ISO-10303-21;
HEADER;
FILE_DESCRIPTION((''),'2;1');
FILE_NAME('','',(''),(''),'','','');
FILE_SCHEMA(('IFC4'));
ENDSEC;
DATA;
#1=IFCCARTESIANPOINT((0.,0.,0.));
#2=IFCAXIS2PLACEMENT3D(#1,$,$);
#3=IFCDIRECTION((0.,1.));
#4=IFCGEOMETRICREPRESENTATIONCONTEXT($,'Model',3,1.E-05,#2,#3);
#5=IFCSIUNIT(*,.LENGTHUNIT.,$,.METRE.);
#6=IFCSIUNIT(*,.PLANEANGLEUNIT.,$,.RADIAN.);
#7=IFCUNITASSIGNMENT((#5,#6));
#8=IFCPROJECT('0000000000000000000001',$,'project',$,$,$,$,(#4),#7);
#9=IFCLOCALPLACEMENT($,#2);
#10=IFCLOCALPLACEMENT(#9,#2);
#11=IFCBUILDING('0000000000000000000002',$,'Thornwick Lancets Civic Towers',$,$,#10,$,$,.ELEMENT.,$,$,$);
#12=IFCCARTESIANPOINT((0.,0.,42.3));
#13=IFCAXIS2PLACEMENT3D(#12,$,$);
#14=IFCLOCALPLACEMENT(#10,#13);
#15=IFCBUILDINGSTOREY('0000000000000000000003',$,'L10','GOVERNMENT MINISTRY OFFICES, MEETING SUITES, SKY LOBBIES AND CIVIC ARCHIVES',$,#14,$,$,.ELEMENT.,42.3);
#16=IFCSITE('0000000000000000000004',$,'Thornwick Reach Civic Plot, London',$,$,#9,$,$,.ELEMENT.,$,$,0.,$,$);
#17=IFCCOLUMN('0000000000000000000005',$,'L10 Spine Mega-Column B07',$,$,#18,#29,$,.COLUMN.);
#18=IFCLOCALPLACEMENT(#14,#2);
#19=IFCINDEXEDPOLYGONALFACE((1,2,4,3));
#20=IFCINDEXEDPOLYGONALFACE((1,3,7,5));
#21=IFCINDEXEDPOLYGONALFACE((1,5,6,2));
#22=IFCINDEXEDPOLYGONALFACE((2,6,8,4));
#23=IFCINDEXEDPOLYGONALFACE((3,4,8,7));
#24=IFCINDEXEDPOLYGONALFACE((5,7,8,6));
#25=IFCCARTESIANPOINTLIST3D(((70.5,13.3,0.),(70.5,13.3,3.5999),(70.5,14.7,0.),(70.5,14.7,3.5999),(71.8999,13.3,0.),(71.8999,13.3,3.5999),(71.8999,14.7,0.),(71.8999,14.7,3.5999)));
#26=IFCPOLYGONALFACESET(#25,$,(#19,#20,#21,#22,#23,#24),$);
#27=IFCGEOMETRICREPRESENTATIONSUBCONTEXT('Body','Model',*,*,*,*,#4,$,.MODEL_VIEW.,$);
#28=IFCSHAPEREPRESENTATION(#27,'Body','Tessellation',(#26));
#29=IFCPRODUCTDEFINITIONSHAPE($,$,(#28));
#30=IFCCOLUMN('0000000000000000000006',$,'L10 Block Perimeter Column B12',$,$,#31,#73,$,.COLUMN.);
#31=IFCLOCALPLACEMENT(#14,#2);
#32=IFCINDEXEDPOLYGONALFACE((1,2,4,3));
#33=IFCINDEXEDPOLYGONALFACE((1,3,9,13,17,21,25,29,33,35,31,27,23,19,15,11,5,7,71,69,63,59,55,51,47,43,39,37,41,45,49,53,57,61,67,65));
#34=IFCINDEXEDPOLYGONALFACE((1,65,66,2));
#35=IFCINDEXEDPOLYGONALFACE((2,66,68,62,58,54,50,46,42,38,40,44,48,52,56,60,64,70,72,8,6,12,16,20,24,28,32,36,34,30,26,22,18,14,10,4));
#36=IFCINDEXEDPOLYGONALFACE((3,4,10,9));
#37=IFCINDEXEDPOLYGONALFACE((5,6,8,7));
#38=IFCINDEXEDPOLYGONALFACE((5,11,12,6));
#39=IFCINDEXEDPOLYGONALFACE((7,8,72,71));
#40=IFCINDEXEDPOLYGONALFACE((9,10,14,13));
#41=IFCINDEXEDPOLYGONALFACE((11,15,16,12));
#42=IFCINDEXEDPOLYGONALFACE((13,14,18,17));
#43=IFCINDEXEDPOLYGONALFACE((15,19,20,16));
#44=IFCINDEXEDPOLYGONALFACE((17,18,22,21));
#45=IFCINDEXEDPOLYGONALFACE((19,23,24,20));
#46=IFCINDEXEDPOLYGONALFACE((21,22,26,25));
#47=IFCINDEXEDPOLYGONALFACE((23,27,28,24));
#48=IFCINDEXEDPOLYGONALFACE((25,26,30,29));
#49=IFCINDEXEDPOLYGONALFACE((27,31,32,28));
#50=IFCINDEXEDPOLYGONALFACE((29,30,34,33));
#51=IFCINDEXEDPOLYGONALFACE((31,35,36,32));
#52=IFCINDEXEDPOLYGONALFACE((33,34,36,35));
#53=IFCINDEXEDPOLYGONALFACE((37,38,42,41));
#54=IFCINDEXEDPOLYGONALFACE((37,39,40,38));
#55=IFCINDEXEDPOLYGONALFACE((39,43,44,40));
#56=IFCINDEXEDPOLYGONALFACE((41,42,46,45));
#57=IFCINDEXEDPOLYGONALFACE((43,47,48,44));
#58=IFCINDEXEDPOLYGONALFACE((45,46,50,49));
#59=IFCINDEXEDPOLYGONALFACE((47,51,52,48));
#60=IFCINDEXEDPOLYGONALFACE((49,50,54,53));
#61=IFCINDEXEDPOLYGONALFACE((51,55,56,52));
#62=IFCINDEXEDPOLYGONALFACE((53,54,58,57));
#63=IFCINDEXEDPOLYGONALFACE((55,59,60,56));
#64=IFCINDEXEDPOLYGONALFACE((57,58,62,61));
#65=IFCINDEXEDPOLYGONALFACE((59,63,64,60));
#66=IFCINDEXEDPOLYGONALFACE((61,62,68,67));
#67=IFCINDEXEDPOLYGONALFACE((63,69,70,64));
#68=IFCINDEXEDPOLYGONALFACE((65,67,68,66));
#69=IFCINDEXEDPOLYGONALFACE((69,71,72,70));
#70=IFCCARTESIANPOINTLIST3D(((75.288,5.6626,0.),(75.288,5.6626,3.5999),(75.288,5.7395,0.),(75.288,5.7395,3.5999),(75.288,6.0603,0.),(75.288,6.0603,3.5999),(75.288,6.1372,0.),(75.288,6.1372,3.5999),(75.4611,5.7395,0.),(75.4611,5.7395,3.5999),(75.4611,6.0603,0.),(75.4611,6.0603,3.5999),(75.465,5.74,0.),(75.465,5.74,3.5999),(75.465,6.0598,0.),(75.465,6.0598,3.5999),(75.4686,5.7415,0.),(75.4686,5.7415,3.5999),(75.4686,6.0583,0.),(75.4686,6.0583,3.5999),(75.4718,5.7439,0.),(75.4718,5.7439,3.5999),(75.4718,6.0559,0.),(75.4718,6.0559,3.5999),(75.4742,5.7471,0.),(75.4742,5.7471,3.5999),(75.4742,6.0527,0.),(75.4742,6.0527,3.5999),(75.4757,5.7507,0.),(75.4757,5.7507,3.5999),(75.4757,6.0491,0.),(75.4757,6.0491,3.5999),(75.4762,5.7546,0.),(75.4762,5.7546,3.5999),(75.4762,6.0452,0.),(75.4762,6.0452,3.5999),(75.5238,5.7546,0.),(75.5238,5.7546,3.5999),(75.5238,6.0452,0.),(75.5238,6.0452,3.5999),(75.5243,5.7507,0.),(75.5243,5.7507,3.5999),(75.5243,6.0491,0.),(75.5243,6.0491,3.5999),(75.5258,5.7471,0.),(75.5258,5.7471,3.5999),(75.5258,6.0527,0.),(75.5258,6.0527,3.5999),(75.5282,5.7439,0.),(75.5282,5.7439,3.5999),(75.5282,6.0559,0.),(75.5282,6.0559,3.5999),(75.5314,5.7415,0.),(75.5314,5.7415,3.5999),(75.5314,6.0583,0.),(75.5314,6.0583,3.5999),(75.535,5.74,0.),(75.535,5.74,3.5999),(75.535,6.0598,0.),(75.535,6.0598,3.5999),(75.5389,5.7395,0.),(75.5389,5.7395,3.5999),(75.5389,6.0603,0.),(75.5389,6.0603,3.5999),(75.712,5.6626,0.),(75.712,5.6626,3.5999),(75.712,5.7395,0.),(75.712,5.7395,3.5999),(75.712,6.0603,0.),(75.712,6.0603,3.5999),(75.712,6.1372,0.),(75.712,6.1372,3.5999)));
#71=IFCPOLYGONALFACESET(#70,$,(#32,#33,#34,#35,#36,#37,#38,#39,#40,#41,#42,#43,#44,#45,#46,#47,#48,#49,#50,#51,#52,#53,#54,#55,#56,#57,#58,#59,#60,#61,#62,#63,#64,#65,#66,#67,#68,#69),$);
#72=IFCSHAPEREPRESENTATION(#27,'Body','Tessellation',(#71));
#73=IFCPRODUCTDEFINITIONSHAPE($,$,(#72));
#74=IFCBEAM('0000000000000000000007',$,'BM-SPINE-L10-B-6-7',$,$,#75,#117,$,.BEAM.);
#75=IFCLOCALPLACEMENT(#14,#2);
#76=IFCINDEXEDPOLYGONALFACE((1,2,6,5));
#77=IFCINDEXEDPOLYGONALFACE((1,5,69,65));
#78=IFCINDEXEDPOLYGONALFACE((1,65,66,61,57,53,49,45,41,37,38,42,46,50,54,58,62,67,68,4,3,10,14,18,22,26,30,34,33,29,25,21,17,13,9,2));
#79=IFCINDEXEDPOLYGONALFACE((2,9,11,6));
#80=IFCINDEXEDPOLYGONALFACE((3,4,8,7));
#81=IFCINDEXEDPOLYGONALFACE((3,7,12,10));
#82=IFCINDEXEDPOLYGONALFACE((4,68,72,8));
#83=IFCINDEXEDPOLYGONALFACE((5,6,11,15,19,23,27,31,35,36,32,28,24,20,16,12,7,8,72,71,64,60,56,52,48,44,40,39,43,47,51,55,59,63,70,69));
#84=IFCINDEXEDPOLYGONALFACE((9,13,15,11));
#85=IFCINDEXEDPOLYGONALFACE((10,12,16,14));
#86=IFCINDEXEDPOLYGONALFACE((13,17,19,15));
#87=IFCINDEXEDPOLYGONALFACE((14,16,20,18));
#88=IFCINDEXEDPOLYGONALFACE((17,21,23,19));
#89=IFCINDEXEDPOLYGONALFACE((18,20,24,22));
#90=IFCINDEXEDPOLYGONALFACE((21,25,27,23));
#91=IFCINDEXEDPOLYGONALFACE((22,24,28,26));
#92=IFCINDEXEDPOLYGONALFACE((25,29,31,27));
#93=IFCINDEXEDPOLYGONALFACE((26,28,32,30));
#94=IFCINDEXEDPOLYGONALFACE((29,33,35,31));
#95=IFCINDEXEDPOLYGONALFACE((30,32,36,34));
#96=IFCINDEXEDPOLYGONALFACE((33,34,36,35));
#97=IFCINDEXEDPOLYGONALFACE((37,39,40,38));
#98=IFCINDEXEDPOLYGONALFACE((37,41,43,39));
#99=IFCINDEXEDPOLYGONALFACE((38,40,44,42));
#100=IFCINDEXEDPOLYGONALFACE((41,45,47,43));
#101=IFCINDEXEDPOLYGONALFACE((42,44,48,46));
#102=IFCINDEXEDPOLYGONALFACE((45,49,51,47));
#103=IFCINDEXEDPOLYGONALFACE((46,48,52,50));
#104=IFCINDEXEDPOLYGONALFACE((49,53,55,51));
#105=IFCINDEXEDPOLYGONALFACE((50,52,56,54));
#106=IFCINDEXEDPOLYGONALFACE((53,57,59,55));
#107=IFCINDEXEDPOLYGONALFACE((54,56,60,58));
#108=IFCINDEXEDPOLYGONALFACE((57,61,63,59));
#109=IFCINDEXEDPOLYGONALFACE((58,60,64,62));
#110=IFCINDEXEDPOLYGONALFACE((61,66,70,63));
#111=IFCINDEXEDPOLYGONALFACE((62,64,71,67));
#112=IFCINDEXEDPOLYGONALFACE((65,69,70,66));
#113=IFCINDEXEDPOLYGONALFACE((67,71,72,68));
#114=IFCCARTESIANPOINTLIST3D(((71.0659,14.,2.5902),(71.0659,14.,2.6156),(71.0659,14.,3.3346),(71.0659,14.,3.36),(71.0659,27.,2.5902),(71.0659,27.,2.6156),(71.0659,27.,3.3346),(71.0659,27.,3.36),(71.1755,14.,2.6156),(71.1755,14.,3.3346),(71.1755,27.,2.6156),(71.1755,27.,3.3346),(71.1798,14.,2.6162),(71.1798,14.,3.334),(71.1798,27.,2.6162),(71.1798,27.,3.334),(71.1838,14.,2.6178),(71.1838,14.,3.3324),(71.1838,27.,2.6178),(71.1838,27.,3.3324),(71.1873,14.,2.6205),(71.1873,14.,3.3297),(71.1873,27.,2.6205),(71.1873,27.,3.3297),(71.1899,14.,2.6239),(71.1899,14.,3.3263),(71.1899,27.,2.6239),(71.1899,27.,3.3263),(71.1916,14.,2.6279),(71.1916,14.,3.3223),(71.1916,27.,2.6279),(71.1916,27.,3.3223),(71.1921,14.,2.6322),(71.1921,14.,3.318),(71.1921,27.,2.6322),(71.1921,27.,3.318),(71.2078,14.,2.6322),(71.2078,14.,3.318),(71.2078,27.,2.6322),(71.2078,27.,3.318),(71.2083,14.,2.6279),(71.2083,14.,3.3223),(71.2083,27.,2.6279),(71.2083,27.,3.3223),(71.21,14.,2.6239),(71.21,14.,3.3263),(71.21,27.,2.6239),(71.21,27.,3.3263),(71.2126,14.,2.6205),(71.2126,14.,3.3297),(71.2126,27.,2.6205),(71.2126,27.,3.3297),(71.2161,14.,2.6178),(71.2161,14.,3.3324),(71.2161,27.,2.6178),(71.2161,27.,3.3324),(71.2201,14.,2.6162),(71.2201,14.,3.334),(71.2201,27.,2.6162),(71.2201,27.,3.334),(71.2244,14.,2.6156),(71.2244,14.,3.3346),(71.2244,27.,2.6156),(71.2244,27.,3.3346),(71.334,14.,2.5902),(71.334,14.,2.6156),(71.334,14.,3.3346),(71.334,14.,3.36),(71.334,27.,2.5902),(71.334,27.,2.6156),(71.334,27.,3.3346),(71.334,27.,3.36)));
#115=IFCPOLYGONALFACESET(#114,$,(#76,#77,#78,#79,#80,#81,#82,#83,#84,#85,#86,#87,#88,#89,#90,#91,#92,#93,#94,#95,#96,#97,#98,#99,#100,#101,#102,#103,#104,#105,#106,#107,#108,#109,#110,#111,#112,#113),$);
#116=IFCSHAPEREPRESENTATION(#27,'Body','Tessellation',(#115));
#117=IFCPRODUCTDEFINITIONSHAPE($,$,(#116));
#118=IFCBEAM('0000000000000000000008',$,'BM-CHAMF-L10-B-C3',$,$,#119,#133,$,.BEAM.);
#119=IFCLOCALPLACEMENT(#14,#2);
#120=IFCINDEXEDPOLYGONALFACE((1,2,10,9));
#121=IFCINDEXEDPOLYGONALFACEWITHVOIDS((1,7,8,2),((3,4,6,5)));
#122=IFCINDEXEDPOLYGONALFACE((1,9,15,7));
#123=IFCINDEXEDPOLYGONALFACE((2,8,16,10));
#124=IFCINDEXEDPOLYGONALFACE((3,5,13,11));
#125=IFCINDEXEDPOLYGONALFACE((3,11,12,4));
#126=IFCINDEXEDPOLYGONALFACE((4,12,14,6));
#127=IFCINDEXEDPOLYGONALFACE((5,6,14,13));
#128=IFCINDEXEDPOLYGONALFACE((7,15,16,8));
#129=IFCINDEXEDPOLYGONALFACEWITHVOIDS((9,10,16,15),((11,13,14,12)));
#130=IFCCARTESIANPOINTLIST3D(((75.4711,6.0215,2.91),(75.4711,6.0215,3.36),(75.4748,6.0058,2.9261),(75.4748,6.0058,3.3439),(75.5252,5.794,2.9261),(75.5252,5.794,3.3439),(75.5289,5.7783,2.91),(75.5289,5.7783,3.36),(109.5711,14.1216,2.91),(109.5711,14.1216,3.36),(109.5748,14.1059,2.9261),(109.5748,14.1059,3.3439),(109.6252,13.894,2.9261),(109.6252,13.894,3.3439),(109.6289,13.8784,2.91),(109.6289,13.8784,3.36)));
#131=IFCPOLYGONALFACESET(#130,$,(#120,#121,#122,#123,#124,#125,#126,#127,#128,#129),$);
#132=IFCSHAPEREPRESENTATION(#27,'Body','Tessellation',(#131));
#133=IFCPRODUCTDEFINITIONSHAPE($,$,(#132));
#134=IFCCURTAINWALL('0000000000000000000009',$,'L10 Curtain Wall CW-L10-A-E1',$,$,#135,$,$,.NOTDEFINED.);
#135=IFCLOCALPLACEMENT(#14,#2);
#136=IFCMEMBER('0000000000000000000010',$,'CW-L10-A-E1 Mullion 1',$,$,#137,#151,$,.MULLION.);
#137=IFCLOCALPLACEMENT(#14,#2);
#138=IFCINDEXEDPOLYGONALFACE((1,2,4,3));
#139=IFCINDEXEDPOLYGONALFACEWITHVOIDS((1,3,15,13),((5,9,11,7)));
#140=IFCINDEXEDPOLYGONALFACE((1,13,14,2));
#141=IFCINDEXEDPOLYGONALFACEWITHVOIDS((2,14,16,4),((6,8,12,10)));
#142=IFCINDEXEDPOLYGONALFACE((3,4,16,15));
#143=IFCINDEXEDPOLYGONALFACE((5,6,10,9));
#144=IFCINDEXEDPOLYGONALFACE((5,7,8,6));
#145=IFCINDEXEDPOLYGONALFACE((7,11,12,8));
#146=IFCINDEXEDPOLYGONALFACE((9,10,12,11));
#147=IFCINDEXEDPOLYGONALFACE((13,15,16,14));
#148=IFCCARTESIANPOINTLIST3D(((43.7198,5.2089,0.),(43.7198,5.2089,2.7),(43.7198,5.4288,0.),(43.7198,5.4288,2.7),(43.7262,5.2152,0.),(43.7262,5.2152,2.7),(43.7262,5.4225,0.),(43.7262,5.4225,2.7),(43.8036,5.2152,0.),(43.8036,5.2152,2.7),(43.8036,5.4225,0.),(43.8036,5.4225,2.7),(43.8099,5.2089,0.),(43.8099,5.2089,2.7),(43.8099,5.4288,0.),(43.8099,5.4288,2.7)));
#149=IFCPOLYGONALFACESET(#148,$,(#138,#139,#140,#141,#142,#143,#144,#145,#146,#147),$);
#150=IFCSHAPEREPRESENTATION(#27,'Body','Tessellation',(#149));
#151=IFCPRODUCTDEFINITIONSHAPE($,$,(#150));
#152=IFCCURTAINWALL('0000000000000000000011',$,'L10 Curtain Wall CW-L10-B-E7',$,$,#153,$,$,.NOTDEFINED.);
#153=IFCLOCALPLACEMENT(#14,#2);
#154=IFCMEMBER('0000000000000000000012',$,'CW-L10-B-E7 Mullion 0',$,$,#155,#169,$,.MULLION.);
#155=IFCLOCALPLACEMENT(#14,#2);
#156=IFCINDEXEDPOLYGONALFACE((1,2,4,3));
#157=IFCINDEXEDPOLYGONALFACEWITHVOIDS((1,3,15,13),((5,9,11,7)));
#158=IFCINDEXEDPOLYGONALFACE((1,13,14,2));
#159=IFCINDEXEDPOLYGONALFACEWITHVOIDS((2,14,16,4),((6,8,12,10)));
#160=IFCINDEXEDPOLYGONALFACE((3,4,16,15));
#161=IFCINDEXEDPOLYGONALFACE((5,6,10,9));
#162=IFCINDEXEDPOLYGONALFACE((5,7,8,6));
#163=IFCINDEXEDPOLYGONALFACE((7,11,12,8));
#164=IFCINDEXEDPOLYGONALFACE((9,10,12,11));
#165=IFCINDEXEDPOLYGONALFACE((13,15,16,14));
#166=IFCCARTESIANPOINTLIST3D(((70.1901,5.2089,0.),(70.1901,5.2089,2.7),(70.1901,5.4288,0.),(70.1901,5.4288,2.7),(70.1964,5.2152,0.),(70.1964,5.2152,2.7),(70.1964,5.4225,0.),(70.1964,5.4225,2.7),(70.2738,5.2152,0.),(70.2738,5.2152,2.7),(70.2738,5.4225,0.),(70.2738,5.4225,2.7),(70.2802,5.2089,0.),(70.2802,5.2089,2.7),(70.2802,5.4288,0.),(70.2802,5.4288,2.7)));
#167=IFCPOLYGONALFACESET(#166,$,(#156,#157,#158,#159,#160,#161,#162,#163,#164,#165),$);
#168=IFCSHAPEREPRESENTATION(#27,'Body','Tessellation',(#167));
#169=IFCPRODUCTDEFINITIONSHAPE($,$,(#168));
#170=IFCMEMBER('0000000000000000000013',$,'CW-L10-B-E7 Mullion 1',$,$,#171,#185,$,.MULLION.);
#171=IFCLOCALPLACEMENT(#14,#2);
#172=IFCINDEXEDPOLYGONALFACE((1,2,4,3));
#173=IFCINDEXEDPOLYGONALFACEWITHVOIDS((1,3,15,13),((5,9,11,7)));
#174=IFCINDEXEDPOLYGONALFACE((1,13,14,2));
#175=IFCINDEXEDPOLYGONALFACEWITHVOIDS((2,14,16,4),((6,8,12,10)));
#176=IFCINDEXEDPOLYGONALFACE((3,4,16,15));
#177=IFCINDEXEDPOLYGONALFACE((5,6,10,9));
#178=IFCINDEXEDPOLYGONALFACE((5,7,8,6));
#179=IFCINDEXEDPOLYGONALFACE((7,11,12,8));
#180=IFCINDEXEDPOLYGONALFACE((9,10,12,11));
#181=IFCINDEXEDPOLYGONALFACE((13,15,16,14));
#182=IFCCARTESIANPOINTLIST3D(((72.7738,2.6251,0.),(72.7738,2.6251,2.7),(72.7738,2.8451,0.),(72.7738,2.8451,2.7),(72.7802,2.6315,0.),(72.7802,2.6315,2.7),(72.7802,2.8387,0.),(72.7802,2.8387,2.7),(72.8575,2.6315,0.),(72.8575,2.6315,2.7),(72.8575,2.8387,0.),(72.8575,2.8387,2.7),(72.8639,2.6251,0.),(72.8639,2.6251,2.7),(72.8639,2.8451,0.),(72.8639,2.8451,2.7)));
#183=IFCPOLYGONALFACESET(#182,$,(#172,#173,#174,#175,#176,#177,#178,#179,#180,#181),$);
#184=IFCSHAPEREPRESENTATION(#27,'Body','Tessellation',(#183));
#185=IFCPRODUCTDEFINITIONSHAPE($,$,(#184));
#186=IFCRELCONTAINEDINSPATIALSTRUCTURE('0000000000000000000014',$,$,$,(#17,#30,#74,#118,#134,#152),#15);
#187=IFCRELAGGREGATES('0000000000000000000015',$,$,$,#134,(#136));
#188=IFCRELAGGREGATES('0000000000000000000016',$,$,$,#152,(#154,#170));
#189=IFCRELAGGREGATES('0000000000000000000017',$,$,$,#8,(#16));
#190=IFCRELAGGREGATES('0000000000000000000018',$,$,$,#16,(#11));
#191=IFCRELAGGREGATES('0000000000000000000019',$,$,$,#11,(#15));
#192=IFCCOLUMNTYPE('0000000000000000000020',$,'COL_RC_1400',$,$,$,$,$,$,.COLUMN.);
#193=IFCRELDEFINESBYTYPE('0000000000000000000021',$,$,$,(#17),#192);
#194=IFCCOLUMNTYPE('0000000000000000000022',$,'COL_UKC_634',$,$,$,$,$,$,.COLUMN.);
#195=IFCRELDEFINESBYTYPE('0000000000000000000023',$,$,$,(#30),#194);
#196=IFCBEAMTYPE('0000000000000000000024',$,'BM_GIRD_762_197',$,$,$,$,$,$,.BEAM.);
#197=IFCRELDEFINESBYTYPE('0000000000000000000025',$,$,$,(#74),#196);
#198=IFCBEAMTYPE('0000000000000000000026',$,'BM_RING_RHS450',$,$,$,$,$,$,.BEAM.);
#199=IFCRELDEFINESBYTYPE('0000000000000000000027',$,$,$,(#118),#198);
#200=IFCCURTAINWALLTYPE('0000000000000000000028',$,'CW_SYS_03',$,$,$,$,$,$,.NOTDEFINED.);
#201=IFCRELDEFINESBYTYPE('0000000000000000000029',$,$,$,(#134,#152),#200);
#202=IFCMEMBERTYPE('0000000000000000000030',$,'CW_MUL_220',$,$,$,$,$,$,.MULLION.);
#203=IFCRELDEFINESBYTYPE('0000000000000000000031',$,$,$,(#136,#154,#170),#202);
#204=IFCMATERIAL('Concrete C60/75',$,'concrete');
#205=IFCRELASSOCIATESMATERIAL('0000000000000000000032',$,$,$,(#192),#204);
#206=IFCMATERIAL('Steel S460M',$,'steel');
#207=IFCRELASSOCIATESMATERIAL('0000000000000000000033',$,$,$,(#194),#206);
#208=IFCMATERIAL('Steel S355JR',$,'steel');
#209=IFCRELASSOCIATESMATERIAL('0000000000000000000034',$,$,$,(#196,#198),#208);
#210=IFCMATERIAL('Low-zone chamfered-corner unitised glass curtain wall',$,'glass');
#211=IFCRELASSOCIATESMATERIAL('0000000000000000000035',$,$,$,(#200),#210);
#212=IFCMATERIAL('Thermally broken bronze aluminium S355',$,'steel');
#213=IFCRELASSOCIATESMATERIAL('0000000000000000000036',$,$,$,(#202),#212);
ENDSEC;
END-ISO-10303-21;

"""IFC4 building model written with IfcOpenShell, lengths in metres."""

from ifc_helpers import new_model, si_unit, direction, frame, origin, origin_2d, place, context, subcontext, project, spatial, rectangle, hollow_rectangle, i_section, extrude, material, material_profile, profile_set, type_object, element, aggregate, save


model = new_model("IFC4")

# Units and contexts
model_context = context("Model", 3, precision=1e-05, world=origin(), true_north=direction((0.0, 1.0)))
body_context = subcontext(model_context, "Body", "Model", "MODEL_VIEW")
ifc_project = project(units=[si_unit("LENGTHUNIT", "METRE"), si_unit("PLANEANGLEUNIT", "RADIAN")], contexts=[model_context])

# Site, building, storey
site_placement = place(None, origin())
site = spatial("IfcSite", under=ifc_project, at=site_placement, Name="Thornwick Reach Civic Plot, London", CompositionType="ELEMENT", RefElevation=0.0)
building_placement = place(site_placement, origin())
building = spatial("IfcBuilding", under=site, at=building_placement, Name="Thornwick Lancets Civic Towers", CompositionType="ELEMENT")
storey_placement = place(building_placement, frame((0.0, 0.0, 42.3)))
storey = spatial("IfcBuildingStorey", under=building, at=storey_placement, Name="L10", Description="GOVERNMENT MINISTRY OFFICES, MEETING SUITES, SKY LOBBIES AND CIVIC ARCHIVES", CompositionType="ELEMENT", Elevation=42.3)

# Columns
ifc_material_1 = material(Name="Concrete C60/75", Category="concrete")
ifc_material_profile_1 = material_profile(ifc_material_1, rectangle(XDim=1.3999, YDim=1.3999, at=origin_2d()), Name="RC 1400x1400")
ifc_profile_set_1 = profile_set([ifc_material_profile_1], Name="Concrete C60/75")
column_type_1 = type_object("IfcColumnType", Name="COL_RC_1400", PredefinedType="COLUMN", material=ifc_profile_set_1)
column_1_placement = place(storey_placement, frame((71.2, 14.0, 0.0), z_axis=(0.0, 0.0, 1.0), x_axis=(1.0, 0.0, 0.0)))
element("IfcColumn", 1, at=column_1_placement, inside=storey, type_object=column_type_1, Name="L10 Spine Mega-Column B07", PredefinedType="COLUMN", context=body_context, shape_type="SweptSolid", body=[
    extrude(rectangle(XDim=1.3999, YDim=1.3999, at=origin_2d()), origin(), (0.0, 0.0, 1.0), 3.5999),
])
ifc_material_2 = material(Name="Steel S460M", Category="steel")
ifc_material_profile_2 = material_profile(ifc_material_2, i_section(OverallWidth=0.4241, OverallDepth=0.4746, WebThickness=0.0476, FlangeThickness=0.0769, FilletRadius=0.0151, at=origin_2d()), Name="UKC 356x406x634")
ifc_profile_set_2 = profile_set([ifc_material_profile_2], Name="Steel S460M")
column_type_2 = type_object("IfcColumnType", Name="COL_UKC_634", PredefinedType="COLUMN", material=ifc_profile_set_2)
column_2_placement = place(storey_placement, frame((75.5, 5.8999, 0.0), z_axis=(0.0, 0.0, 1.0), x_axis=(1.0, 0.0, 0.0)))
element("IfcColumn", 2, at=column_2_placement, inside=storey, type_object=column_type_2, Name="L10 Block Perimeter Column B12", PredefinedType="COLUMN", context=body_context, shape_type="SweptSolid", body=[
    extrude(i_section(OverallWidth=0.4241, OverallDepth=0.4746, WebThickness=0.0476, FlangeThickness=0.0769, FilletRadius=0.0151, at=origin_2d()), origin(), (0.0, 0.0, 1.0), 3.5999),
])

# Beams
ifc_material_3 = material(Name="Steel S355JR", Category="steel")
ifc_material_profile_3 = material_profile(ifc_material_3, i_section(OverallWidth=0.2681, OverallDepth=0.7698, WebThickness=0.0156, FlangeThickness=0.0254, FilletRadius=0.0166, at=origin_2d()), Name="UKB 762x267x197")
ifc_profile_set_3 = profile_set([ifc_material_profile_3], Name="Steel S355JR")
beam_type_1 = type_object("IfcBeamType", Name="BM_GIRD_762_197", PredefinedType="BEAM", material=ifc_profile_set_3)
beam_1_placement = place(storey_placement, frame((71.2, 14.0, 2.9751), z_axis=(0.0, 1.0, 0.0), x_axis=(-1.0, 0.0, 0.0)))
element("IfcBeam", 3, at=beam_1_placement, inside=storey, type_object=beam_type_1, Name="BM-SPINE-L10-B-6-7", PredefinedType="BEAM", context=body_context, shape_type="SweptSolid", body=[
    extrude(i_section(OverallWidth=0.2681, OverallDepth=0.7698, WebThickness=0.0156, FlangeThickness=0.0254, FilletRadius=0.0166, at=origin_2d()), origin(), (0.0, 0.0, 1.0), 13.0),
])
ifc_material_profile_4 = material_profile(ifc_material_3, hollow_rectangle(XDim=0.25, YDim=0.45, WallThickness=0.0161, at=origin_2d()), Name="RHS 450x250x16")
ifc_profile_set_4 = profile_set([ifc_material_profile_4], Name="Steel S355JR")
beam_type_2 = type_object("IfcBeamType", Name="BM_RING_RHS450", PredefinedType="BEAM", material=ifc_profile_set_4)
beam_2_placement = place(storey_placement, frame((75.5, 5.8999, 3.135), z_axis=(0.972928, 0.231108, 0.0), x_axis=(-0.231108, 0.972928, 0.0)))
element("IfcBeam", 4, at=beam_2_placement, inside=storey, type_object=beam_type_2, Name="BM-CHAMF-L10-B-C3", PredefinedType="BEAM", context=body_context, shape_type="SweptSolid", body=[
    extrude(hollow_rectangle(XDim=0.25, YDim=0.45, WallThickness=0.0161, at=origin_2d()), origin(), (0.0, 0.0, 1.0), 35.0488),
])

# Curtain wall, member
ifc_material_4 = material(Name="Low-zone chamfered-corner unitised glass curtain wall", Category="glass")
curtain_wall_type = type_object("IfcCurtainWallType", Name="CW_SYS_03", PredefinedType="NOTDEFINED", material=ifc_material_4)
curtain_wall_1_placement = place(storey_placement, origin())
curtain_wall_1 = element("IfcCurtainWall", 5, at=curtain_wall_1_placement, inside=storey, type_object=curtain_wall_type, Name="L10 Curtain Wall CW-L10-A-E1", PredefinedType="NOTDEFINED")
ifc_material_5 = material(Name="Thermally broken bronze aluminium S355", Category="steel")
ifc_material_profile_5 = material_profile(ifc_material_5, hollow_rectangle(XDim=0.0901, YDim=0.22, WallThickness=0.0063, at=origin_2d()), Name="RHS 220x90x6.3")
ifc_profile_set_5 = profile_set([ifc_material_profile_5], Name="Thermally broken bronze aluminium S355")
member_type_1 = type_object("IfcMemberType", Name="CW_MUL_220", PredefinedType="MULLION", material=ifc_profile_set_5)
member_1_placement = place(storey_placement, frame((43.7649, 5.3188, 0.0), z_axis=(0.0, 0.0, 1.0), x_axis=(1.0, 0.0, 0.0)))
member_1 = element("IfcMember", 6, at=member_1_placement, type_object=member_type_1, Name="CW-L10-A-E1 Mullion 1", PredefinedType="MULLION", context=body_context, shape_type="SweptSolid", body=[
    extrude(hollow_rectangle(XDim=0.0901, YDim=0.22, WallThickness=0.0063, at=origin_2d()), origin(), (0.0, 0.0, 1.0), 2.7),
])
aggregate(curtain_wall_1, [member_1])

# Curtain wall, members
curtain_wall_2_placement = place(storey_placement, origin())
curtain_wall_2 = element("IfcCurtainWall", 7, at=curtain_wall_2_placement, inside=storey, type_object=curtain_wall_type, Name="L10 Curtain Wall CW-L10-B-E7", PredefinedType="NOTDEFINED")
member_2_placement = place(storey_placement, frame((70.2351, 5.3188, 0.0), z_axis=(0.0, 0.0, 1.0), x_axis=(1.0, 0.0, 0.0)))
member_2 = element("IfcMember", 8, at=member_2_placement, type_object=member_type_1, Name="CW-L10-B-E7 Mullion 0", PredefinedType="MULLION", context=body_context, shape_type="SweptSolid", body=[
    extrude(hollow_rectangle(XDim=0.0901, YDim=0.22, WallThickness=0.0063, at=origin_2d()), origin(), (0.0, 0.0, 1.0), 2.7),
])
member_3_placement = place(storey_placement, frame((72.8188, 2.7351, 0.0), z_axis=(0.0, 0.0, 1.0), x_axis=(1.0, 0.0, 0.0)))
member_3 = element("IfcMember", 9, at=member_3_placement, type_object=member_type_1, Name="CW-L10-B-E7 Mullion 1", PredefinedType="MULLION", context=body_context, shape_type="SweptSolid", body=[
    extrude(hollow_rectangle(XDim=0.0901, YDim=0.22, WallThickness=0.0063, at=origin_2d()), origin(), (0.0, 0.0, 1.0), 2.7),
])
aggregate(curtain_wall_2, [member_2, member_3])

save(model, "model.ifc")
